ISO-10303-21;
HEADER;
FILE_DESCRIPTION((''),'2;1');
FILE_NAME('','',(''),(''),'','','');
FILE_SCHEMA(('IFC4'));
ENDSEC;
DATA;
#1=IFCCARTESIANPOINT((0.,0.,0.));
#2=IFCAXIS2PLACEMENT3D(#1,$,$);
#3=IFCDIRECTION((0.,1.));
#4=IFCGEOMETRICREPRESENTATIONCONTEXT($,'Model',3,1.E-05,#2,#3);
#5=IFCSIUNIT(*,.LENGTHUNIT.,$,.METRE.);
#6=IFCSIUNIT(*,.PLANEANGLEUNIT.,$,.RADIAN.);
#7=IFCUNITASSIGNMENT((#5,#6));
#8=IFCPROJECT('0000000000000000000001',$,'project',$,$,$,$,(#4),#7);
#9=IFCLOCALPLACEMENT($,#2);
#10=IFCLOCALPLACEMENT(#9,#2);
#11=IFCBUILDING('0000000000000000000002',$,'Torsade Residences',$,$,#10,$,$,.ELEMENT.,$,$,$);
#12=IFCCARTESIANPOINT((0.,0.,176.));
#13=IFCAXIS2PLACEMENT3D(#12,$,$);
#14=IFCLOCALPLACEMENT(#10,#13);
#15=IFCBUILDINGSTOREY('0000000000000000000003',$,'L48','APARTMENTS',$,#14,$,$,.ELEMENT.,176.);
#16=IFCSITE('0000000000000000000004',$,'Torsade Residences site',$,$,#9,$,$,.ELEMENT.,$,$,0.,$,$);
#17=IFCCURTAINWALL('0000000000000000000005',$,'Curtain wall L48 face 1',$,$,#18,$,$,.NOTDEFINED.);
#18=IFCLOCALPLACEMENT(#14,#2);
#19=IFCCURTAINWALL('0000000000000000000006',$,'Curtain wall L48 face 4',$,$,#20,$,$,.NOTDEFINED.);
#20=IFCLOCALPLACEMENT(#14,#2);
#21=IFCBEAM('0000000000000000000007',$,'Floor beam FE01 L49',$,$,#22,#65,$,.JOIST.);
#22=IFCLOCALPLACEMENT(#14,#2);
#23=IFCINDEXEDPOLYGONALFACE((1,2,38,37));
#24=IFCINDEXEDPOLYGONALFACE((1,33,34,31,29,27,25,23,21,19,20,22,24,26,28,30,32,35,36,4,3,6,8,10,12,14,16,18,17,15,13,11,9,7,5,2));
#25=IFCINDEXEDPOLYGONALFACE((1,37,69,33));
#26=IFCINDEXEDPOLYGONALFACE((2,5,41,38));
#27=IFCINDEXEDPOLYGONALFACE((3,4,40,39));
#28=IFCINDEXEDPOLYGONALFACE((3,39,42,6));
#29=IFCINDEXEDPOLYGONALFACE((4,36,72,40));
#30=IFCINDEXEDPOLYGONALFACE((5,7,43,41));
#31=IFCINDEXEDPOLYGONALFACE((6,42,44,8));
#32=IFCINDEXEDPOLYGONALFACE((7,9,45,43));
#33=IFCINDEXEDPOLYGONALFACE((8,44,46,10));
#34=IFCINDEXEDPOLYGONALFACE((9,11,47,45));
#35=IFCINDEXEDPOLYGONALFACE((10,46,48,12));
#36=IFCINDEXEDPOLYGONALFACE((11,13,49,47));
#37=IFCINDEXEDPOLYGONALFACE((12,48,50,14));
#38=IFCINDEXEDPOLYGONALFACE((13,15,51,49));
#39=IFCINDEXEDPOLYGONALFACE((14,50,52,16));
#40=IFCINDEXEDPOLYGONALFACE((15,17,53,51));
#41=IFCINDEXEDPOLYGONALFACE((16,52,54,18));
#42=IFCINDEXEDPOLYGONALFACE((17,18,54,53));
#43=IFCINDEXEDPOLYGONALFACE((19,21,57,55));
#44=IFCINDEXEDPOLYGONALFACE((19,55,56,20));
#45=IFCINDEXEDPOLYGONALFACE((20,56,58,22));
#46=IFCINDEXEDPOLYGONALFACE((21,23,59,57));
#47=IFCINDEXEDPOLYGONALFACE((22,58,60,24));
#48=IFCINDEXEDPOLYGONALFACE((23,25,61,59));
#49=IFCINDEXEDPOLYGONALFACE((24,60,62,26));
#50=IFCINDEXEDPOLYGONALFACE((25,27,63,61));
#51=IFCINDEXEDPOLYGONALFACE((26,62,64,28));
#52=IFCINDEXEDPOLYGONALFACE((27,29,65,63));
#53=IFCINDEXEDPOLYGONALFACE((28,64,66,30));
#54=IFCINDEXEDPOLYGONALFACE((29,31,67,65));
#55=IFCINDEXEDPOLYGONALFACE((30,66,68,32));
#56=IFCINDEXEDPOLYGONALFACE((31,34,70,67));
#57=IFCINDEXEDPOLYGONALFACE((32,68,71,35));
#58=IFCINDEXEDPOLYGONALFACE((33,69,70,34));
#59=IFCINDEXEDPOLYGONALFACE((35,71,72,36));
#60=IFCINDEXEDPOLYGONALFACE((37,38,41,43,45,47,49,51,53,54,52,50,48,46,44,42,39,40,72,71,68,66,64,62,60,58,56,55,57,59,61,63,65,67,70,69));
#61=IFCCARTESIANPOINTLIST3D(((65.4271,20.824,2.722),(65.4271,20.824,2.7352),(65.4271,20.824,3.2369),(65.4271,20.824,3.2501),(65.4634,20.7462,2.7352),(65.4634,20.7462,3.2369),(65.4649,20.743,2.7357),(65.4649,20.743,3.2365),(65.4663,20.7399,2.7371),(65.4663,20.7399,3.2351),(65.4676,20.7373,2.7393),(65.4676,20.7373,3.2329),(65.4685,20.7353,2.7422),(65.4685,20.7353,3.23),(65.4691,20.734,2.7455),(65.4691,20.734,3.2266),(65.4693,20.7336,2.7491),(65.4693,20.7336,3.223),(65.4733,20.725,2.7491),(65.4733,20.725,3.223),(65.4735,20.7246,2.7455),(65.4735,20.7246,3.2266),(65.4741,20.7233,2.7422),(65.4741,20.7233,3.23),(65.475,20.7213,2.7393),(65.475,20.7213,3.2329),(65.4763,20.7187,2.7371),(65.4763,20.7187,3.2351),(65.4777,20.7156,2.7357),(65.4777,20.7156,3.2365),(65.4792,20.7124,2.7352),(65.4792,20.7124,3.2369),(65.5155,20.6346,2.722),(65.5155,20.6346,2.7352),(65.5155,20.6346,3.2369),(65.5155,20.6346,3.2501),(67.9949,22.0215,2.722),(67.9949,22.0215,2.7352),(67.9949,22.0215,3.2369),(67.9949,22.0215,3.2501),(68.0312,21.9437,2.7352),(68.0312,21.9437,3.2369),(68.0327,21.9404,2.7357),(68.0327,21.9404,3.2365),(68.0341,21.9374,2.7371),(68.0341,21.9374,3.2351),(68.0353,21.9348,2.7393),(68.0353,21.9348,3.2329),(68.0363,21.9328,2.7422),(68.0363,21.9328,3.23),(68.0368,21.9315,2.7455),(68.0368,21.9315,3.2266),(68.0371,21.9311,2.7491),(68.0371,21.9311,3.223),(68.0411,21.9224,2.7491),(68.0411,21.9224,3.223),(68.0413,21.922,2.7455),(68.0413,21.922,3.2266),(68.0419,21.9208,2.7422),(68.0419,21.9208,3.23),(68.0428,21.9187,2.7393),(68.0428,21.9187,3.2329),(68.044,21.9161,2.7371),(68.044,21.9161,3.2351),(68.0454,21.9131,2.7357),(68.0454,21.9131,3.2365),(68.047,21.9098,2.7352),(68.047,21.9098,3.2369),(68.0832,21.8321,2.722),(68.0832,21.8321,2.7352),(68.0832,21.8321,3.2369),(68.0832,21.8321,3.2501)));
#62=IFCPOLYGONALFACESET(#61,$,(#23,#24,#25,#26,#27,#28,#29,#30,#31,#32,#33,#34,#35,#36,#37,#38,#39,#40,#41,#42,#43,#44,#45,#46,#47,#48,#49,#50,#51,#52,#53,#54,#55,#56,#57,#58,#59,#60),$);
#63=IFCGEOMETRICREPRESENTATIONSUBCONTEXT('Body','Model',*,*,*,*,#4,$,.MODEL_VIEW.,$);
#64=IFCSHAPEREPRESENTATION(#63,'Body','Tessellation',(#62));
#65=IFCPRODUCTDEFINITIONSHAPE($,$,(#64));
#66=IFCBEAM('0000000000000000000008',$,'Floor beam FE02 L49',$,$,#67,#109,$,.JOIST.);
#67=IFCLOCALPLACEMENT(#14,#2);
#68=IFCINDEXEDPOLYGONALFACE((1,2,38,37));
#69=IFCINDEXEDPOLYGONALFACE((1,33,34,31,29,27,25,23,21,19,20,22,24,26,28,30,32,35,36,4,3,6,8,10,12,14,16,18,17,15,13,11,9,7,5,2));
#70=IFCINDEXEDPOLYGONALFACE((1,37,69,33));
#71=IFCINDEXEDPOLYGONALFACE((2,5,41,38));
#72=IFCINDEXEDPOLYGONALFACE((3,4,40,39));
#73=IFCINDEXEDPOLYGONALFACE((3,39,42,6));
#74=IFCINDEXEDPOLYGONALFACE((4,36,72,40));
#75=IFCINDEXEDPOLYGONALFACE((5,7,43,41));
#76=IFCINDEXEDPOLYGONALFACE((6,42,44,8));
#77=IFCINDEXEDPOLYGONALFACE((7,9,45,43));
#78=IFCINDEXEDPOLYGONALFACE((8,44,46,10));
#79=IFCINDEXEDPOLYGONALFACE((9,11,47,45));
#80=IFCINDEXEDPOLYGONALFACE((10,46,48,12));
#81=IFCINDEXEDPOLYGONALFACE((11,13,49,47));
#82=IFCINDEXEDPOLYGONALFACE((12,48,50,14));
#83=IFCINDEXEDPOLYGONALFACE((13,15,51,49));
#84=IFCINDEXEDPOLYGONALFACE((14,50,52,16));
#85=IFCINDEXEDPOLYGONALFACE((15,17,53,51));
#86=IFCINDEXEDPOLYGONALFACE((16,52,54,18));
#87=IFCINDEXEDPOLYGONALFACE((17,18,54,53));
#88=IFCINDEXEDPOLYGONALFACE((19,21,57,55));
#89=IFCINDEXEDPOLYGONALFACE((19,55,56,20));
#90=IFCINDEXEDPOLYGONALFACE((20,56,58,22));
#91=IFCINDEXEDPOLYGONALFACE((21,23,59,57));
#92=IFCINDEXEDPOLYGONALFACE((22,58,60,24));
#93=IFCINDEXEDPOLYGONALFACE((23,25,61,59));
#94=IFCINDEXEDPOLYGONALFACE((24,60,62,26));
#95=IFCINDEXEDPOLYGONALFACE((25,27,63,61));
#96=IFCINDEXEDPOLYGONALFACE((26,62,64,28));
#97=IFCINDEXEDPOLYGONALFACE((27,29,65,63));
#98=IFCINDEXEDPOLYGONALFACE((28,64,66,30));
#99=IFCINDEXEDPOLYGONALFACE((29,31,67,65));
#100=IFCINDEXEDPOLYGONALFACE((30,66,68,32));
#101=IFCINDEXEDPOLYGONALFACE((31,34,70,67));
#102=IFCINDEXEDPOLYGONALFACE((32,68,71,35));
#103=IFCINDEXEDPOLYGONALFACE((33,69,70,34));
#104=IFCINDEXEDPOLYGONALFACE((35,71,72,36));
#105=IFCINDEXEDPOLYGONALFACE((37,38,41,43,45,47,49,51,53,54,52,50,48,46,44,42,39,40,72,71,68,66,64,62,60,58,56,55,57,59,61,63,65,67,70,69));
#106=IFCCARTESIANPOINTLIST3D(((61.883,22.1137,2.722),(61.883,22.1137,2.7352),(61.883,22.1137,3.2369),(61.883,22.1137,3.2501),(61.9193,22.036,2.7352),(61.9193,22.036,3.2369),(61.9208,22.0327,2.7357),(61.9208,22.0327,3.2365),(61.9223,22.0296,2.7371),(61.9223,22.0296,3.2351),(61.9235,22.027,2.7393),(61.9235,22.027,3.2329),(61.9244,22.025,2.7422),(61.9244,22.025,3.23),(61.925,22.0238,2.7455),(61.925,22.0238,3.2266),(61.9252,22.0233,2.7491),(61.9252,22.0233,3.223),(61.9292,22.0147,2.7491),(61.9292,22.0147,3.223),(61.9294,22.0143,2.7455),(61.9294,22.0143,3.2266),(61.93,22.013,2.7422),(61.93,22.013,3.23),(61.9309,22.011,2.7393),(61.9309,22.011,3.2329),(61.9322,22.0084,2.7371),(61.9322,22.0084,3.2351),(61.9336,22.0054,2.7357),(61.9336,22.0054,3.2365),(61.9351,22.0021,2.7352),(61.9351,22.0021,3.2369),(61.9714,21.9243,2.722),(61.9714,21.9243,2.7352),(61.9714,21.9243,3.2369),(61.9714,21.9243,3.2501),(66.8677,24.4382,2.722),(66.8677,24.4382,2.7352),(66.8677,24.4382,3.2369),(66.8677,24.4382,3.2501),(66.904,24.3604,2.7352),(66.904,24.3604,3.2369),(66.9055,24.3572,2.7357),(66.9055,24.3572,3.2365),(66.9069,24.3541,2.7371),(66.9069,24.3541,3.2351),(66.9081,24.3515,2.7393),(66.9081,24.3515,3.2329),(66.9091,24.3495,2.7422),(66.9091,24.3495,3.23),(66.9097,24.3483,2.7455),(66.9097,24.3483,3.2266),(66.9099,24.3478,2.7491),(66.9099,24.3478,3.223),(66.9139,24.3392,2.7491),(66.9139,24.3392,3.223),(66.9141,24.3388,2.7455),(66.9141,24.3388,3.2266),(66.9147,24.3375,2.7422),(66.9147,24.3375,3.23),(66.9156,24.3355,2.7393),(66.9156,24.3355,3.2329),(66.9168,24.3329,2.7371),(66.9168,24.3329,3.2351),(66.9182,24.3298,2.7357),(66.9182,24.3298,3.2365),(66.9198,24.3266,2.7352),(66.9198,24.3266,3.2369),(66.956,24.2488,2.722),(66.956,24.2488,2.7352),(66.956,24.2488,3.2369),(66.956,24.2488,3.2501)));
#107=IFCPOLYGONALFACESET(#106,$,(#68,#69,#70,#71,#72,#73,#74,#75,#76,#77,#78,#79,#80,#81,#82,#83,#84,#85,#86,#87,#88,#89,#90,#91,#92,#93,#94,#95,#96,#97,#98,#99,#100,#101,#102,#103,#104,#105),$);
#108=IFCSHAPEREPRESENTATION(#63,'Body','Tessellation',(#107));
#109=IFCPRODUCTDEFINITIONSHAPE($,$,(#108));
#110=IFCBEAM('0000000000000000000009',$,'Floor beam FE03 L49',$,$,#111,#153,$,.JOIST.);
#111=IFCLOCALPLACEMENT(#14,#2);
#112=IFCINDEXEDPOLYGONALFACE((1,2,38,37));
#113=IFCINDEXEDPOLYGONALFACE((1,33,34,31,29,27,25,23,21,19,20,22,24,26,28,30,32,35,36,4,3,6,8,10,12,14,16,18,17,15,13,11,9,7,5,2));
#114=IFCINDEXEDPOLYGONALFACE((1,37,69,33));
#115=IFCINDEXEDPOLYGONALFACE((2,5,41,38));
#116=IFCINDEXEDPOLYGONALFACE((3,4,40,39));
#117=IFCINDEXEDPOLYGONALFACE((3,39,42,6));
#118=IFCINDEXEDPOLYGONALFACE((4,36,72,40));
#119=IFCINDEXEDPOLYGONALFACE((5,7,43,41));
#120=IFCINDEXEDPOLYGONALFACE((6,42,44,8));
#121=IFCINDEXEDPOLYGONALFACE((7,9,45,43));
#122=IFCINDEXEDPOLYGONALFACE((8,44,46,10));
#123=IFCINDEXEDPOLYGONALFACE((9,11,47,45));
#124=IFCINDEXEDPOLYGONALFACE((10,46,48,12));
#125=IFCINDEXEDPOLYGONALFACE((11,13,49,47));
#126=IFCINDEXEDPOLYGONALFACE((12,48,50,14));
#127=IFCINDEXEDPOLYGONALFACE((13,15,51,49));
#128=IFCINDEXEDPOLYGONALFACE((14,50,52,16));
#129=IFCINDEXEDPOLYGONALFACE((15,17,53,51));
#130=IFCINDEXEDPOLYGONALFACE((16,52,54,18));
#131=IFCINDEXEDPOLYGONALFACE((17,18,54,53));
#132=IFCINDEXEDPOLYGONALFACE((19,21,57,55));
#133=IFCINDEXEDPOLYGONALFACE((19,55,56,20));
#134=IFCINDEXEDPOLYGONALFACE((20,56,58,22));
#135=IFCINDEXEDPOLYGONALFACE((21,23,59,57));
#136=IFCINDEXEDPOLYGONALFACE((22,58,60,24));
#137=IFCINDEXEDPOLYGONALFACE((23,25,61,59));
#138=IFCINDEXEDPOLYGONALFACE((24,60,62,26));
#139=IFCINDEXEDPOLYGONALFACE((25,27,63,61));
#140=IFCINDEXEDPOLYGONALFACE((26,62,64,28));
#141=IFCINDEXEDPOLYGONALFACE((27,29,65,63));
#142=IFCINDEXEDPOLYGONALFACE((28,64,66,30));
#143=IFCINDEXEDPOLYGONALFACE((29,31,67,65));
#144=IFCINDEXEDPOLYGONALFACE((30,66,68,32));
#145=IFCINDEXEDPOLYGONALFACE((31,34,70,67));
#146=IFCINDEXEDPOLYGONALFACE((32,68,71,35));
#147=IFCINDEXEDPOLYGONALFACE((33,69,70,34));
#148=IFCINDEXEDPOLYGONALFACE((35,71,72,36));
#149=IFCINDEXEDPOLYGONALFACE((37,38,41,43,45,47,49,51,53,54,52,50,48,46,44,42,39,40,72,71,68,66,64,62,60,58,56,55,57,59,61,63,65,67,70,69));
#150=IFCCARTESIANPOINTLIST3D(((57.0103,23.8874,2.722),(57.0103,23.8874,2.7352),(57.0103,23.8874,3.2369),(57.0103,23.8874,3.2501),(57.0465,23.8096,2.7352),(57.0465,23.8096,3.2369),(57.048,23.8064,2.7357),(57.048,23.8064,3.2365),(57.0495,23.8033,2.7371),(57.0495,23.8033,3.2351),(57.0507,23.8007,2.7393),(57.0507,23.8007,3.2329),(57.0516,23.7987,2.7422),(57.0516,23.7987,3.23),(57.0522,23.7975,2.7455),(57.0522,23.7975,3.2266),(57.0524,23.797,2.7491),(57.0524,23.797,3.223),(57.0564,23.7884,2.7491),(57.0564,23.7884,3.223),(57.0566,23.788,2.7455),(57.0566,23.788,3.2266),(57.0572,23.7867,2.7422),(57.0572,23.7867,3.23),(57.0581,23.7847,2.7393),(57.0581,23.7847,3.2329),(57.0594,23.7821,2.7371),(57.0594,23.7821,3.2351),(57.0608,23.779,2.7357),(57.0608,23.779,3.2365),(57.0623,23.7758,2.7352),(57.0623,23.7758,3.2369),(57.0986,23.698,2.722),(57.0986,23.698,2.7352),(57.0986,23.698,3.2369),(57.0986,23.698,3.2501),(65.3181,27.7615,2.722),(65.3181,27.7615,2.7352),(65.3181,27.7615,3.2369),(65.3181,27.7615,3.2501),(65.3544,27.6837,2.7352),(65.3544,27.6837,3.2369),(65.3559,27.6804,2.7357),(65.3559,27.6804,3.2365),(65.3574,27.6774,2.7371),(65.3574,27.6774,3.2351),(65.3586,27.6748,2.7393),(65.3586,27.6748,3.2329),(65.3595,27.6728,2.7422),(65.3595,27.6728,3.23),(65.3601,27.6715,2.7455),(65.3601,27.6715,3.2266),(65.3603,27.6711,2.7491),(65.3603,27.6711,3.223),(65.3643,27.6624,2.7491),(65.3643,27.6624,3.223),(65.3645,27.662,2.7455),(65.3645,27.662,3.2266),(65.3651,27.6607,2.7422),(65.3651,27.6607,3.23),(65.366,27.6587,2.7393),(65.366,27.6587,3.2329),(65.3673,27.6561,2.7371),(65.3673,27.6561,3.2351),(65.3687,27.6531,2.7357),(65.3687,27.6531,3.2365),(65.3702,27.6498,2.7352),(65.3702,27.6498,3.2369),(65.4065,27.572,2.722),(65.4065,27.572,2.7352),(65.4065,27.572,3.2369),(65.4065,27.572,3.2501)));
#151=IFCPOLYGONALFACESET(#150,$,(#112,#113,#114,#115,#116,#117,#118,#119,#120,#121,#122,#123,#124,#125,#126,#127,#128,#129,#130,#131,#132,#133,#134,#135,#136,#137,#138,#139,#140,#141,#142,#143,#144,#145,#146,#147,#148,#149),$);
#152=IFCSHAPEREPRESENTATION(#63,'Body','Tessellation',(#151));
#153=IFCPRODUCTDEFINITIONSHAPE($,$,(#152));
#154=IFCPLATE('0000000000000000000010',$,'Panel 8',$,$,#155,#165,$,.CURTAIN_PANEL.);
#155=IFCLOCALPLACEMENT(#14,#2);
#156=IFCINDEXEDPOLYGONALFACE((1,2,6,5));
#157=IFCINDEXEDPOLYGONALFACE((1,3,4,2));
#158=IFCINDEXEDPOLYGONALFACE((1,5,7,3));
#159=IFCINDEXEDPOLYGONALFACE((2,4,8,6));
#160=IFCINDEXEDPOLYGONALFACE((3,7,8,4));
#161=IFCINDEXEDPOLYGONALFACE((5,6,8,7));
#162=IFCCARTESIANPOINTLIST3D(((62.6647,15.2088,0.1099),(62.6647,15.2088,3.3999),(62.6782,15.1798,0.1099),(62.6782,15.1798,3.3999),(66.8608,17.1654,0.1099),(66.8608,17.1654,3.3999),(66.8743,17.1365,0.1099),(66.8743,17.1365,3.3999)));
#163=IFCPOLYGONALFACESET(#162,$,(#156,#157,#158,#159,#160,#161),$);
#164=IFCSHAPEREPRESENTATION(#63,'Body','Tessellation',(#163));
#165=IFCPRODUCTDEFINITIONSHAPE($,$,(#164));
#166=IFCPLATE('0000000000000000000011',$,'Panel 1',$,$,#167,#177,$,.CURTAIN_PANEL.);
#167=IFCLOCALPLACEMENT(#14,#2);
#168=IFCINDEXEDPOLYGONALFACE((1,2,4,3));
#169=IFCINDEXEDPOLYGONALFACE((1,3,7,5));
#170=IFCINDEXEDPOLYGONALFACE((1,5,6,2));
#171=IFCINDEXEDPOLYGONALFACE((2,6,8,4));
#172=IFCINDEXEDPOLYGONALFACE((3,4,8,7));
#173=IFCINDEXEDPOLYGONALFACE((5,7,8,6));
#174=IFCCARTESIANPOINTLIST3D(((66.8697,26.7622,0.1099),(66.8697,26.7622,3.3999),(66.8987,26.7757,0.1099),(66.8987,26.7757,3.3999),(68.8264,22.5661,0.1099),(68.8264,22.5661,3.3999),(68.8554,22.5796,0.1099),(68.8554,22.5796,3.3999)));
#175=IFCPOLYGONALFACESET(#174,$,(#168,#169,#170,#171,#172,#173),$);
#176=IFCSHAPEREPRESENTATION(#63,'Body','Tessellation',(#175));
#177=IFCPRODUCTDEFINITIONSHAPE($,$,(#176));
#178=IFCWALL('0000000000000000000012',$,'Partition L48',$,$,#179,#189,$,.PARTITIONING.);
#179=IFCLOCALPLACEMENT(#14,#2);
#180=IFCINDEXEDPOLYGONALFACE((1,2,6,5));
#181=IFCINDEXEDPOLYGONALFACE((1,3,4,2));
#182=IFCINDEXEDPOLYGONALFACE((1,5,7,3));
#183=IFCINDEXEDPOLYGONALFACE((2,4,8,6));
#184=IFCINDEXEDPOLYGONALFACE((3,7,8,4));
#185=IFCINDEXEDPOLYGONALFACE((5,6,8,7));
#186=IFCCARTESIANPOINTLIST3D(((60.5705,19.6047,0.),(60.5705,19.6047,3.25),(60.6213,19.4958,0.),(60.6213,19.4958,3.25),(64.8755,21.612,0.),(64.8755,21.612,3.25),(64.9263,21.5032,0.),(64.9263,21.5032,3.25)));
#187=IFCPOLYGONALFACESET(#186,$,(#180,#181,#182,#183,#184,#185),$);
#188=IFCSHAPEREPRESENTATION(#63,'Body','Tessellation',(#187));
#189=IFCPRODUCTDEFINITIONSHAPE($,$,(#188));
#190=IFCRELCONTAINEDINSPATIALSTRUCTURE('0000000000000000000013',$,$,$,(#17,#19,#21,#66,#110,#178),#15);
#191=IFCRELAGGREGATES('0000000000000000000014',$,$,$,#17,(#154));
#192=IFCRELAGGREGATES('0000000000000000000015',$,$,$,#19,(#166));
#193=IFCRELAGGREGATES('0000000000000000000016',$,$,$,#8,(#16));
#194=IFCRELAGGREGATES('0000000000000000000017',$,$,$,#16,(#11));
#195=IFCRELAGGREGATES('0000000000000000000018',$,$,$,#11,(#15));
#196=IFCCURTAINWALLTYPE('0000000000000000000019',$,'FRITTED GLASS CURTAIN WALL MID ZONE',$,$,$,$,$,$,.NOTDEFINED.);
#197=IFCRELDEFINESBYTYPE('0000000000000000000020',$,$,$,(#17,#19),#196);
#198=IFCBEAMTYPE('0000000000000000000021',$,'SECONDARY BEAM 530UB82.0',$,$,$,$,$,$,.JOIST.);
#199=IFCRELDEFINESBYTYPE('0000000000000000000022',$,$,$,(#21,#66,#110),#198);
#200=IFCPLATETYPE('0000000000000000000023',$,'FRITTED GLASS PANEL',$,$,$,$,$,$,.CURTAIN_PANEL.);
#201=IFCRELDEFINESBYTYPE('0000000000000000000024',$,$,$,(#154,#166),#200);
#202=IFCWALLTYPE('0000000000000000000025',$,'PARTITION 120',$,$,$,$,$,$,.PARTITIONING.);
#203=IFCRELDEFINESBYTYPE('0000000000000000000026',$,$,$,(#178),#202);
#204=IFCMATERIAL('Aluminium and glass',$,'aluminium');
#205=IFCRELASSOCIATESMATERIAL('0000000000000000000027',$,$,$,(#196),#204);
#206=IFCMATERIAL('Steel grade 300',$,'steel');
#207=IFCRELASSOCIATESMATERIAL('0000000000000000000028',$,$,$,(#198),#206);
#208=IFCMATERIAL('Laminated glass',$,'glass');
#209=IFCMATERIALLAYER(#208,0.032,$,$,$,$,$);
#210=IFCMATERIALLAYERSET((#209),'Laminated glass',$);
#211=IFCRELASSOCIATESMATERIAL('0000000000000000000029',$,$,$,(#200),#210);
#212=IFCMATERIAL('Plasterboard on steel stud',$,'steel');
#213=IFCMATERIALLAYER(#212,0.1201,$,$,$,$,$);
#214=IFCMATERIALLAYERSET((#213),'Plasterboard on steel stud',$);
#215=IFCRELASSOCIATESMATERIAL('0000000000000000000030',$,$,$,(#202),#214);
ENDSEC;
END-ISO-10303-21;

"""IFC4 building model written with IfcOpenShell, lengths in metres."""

from ifc_helpers import new_model, si_unit, direction, frame, frame_2d, origin, origin_2d, place, context, subcontext, project, spatial, rectangle, i_section, extrude, material, layer, layer_set, material_profile, profile_set, type_object, element, aggregate, save


model = new_model("IFC4")

# Units and contexts
model_context = context("Model", 3, precision=1e-05, world=origin(), true_north=direction((0.0, 1.0)))
body_context = subcontext(model_context, "Body", "Model", "MODEL_VIEW")
ifc_project = project(units=[si_unit("LENGTHUNIT", "METRE"), si_unit("PLANEANGLEUNIT", "RADIAN")], contexts=[model_context])

# Site, building, storey
site_placement = place(None, origin())
site = spatial("IfcSite", under=ifc_project, at=site_placement, Name="Torsade Residences site", CompositionType="ELEMENT", RefElevation=0.0)
building_placement = place(site_placement, origin())
building = spatial("IfcBuilding", under=site, at=building_placement, Name="Torsade Residences", CompositionType="ELEMENT")
storey_placement = place(building_placement, frame((0.0, 0.0, 176.0)))
storey = spatial("IfcBuildingStorey", under=building, at=storey_placement, Name="L48", Description="APARTMENTS", CompositionType="ELEMENT", Elevation=176.0)

# Curtain walls
ifc_material_1 = material(Name="Aluminium and glass", Category="aluminium")
curtain_wall_type = type_object("IfcCurtainWallType", Name="FRITTED GLASS CURTAIN WALL MID ZONE", PredefinedType="NOTDEFINED", material=ifc_material_1)
curtain_wall_1_placement = place(storey_placement, origin())
curtain_wall_1 = element("IfcCurtainWall", 1, at=curtain_wall_1_placement, inside=storey, type_object=curtain_wall_type, Name="Curtain wall L48 face 1", PredefinedType="NOTDEFINED")
curtain_wall_2_placement = place(storey_placement, origin())
curtain_wall_2 = element("IfcCurtainWall", 2, at=curtain_wall_2_placement, inside=storey, type_object=curtain_wall_type, Name="Curtain wall L48 face 4", PredefinedType="NOTDEFINED")

# Beams
ifc_material_2 = material(Name="Steel grade 300", Category="steel")
ifc_material_profile_1 = material_profile(ifc_material_2, i_section(OverallWidth=0.209, OverallDepth=0.5281, WebThickness=0.0095, FlangeThickness=0.0132, FilletRadius=0.0139, at=origin_2d()), Name="530UB82.0")
ifc_profile_set_1 = profile_set([ifc_material_profile_1], Name="Steel grade 300")
beam_type_1 = type_object("IfcBeamType", Name="SECONDARY BEAM 530UB82.0", PredefinedType="JOIST", material=ifc_profile_set_1)
for number, where, z_axis, x_axis, name in (
    (3, (68.0391, 21.9268, 2.9861), (-0.906295, -0.422645, 0.0), (0.422645, -0.906295, 0.0), "Floor beam FE01 L49"),
):
    element("IfcBeam", number, at=place(storey_placement, frame(where, z_axis=z_axis, x_axis=x_axis)), inside=storey, type_object=beam_type_1, Name=name, PredefinedType="JOIST", context=body_context, shape_type="SweptSolid", body=[
        extrude(i_section(OverallWidth=0.209, OverallDepth=0.5281, WebThickness=0.0095, FlangeThickness=0.0132, FilletRadius=0.0139, at=origin_2d()), origin(), (0.0, 0.0, 1.0), 2.8333),
    ])
beam_1_placement = place(storey_placement, frame((66.9119, 24.3435, 2.9861), z_axis=(-0.906301, -0.422633, 0.0), x_axis=(0.422633, -0.906301, 0.0)))
element("IfcBeam", 4, at=beam_1_placement, inside=storey, type_object=beam_type_1, Name="Floor beam FE02 L49", PredefinedType="JOIST", context=body_context, shape_type="SweptSolid", body=[
    extrude(i_section(OverallWidth=0.209, OverallDepth=0.5281, WebThickness=0.0095, FlangeThickness=0.0132, FilletRadius=0.0139, at=origin_2d()), origin(), (0.0, 0.0, 1.0), 5.5),
])
beam_2_placement = place(storey_placement, frame((65.3623, 27.6667, 2.9861), z_axis=(-0.906308, -0.422619, 0.0), x_axis=(0.422619, -0.906308, 0.0)))
element("IfcBeam", 5, at=beam_2_placement, inside=storey, type_object=beam_type_1, Name="Floor beam FE03 L49", PredefinedType="JOIST", context=body_context, shape_type="SweptSolid", body=[
    extrude(i_section(OverallWidth=0.209, OverallDepth=0.5281, WebThickness=0.0095, FlangeThickness=0.0132, FilletRadius=0.0139, at=origin_2d()), origin(), (0.0, 0.0, 1.0), 9.1667),
])

# Plates
ifc_material_3 = material(Name="Laminated glass", Category="glass")
ifc_layer_1 = layer(ifc_material_3, 0.032)
ifc_layer_set_1 = layer_set([ifc_layer_1], Name="Laminated glass")
plate_type = type_object("IfcPlateType", Name="FRITTED GLASS PANEL", PredefinedType="CURTAIN_PANEL", material=ifc_layer_set_1)
plate_1_placement = place(storey_placement, frame((64.7695, 16.1726, 0.1099), z_axis=(0.0, 0.0, 1.0), x_axis=(0.906308, 0.422618, 0.0)))
plate_1 = element("IfcPlate", 6, at=plate_1_placement, type_object=plate_type, Name="Panel 8", PredefinedType="CURTAIN_PANEL", context=body_context, shape_type="SweptSolid", body=[
    extrude(rectangle(XDim=4.6299, YDim=0.032, at=origin_2d()), origin(), (0.0, 0.0, 1.0), 3.29),
])
aggregate(curtain_wall_1, [plate_1])
plate_2_placement = place(storey_placement, frame((67.8625, 24.6709, 0.1099), z_axis=(0.0, 0.0, 1.0), x_axis=(-0.422618, 0.906308, 0.0)))
plate_2 = element("IfcPlate", 7, at=plate_2_placement, type_object=plate_type, Name="Panel 1", PredefinedType="CURTAIN_PANEL", context=body_context, shape_type="SweptSolid", body=[
    extrude(rectangle(XDim=4.6299, YDim=0.032, at=origin_2d()), origin(), (0.0, 0.0, 1.0), 3.29),
])
aggregate(curtain_wall_2, [plate_2])

# Wall
ifc_material_4 = material(Name="Plasterboard on steel stud", Category="steel")
ifc_layer_2 = layer(ifc_material_4, 0.1201)
ifc_layer_set_2 = layer_set([ifc_layer_2], Name="Plasterboard on steel stud")
wall_type_1 = type_object("IfcWallType", Name="PARTITION 120", PredefinedType="PARTITIONING", material=ifc_layer_set_2)
wall_1_placement = place(storey_placement, frame((64.9009, 21.5576, 0.0), z_axis=(0.0, 0.0, 1.0), x_axis=(-0.906316, -0.422601, 0.0)))
element("IfcWall", 8, at=wall_1_placement, inside=storey, type_object=wall_type_1, Name="Partition L48", PredefinedType="PARTITIONING", context=body_context, shape_type="SweptSolid", body=[
    extrude(rectangle(XDim=4.75, YDim=0.1201, at=frame_2d((2.375, 0.0))), origin(), (0.0, 0.0, 1.0), 3.25),
])

save(model, "model.ifc")
